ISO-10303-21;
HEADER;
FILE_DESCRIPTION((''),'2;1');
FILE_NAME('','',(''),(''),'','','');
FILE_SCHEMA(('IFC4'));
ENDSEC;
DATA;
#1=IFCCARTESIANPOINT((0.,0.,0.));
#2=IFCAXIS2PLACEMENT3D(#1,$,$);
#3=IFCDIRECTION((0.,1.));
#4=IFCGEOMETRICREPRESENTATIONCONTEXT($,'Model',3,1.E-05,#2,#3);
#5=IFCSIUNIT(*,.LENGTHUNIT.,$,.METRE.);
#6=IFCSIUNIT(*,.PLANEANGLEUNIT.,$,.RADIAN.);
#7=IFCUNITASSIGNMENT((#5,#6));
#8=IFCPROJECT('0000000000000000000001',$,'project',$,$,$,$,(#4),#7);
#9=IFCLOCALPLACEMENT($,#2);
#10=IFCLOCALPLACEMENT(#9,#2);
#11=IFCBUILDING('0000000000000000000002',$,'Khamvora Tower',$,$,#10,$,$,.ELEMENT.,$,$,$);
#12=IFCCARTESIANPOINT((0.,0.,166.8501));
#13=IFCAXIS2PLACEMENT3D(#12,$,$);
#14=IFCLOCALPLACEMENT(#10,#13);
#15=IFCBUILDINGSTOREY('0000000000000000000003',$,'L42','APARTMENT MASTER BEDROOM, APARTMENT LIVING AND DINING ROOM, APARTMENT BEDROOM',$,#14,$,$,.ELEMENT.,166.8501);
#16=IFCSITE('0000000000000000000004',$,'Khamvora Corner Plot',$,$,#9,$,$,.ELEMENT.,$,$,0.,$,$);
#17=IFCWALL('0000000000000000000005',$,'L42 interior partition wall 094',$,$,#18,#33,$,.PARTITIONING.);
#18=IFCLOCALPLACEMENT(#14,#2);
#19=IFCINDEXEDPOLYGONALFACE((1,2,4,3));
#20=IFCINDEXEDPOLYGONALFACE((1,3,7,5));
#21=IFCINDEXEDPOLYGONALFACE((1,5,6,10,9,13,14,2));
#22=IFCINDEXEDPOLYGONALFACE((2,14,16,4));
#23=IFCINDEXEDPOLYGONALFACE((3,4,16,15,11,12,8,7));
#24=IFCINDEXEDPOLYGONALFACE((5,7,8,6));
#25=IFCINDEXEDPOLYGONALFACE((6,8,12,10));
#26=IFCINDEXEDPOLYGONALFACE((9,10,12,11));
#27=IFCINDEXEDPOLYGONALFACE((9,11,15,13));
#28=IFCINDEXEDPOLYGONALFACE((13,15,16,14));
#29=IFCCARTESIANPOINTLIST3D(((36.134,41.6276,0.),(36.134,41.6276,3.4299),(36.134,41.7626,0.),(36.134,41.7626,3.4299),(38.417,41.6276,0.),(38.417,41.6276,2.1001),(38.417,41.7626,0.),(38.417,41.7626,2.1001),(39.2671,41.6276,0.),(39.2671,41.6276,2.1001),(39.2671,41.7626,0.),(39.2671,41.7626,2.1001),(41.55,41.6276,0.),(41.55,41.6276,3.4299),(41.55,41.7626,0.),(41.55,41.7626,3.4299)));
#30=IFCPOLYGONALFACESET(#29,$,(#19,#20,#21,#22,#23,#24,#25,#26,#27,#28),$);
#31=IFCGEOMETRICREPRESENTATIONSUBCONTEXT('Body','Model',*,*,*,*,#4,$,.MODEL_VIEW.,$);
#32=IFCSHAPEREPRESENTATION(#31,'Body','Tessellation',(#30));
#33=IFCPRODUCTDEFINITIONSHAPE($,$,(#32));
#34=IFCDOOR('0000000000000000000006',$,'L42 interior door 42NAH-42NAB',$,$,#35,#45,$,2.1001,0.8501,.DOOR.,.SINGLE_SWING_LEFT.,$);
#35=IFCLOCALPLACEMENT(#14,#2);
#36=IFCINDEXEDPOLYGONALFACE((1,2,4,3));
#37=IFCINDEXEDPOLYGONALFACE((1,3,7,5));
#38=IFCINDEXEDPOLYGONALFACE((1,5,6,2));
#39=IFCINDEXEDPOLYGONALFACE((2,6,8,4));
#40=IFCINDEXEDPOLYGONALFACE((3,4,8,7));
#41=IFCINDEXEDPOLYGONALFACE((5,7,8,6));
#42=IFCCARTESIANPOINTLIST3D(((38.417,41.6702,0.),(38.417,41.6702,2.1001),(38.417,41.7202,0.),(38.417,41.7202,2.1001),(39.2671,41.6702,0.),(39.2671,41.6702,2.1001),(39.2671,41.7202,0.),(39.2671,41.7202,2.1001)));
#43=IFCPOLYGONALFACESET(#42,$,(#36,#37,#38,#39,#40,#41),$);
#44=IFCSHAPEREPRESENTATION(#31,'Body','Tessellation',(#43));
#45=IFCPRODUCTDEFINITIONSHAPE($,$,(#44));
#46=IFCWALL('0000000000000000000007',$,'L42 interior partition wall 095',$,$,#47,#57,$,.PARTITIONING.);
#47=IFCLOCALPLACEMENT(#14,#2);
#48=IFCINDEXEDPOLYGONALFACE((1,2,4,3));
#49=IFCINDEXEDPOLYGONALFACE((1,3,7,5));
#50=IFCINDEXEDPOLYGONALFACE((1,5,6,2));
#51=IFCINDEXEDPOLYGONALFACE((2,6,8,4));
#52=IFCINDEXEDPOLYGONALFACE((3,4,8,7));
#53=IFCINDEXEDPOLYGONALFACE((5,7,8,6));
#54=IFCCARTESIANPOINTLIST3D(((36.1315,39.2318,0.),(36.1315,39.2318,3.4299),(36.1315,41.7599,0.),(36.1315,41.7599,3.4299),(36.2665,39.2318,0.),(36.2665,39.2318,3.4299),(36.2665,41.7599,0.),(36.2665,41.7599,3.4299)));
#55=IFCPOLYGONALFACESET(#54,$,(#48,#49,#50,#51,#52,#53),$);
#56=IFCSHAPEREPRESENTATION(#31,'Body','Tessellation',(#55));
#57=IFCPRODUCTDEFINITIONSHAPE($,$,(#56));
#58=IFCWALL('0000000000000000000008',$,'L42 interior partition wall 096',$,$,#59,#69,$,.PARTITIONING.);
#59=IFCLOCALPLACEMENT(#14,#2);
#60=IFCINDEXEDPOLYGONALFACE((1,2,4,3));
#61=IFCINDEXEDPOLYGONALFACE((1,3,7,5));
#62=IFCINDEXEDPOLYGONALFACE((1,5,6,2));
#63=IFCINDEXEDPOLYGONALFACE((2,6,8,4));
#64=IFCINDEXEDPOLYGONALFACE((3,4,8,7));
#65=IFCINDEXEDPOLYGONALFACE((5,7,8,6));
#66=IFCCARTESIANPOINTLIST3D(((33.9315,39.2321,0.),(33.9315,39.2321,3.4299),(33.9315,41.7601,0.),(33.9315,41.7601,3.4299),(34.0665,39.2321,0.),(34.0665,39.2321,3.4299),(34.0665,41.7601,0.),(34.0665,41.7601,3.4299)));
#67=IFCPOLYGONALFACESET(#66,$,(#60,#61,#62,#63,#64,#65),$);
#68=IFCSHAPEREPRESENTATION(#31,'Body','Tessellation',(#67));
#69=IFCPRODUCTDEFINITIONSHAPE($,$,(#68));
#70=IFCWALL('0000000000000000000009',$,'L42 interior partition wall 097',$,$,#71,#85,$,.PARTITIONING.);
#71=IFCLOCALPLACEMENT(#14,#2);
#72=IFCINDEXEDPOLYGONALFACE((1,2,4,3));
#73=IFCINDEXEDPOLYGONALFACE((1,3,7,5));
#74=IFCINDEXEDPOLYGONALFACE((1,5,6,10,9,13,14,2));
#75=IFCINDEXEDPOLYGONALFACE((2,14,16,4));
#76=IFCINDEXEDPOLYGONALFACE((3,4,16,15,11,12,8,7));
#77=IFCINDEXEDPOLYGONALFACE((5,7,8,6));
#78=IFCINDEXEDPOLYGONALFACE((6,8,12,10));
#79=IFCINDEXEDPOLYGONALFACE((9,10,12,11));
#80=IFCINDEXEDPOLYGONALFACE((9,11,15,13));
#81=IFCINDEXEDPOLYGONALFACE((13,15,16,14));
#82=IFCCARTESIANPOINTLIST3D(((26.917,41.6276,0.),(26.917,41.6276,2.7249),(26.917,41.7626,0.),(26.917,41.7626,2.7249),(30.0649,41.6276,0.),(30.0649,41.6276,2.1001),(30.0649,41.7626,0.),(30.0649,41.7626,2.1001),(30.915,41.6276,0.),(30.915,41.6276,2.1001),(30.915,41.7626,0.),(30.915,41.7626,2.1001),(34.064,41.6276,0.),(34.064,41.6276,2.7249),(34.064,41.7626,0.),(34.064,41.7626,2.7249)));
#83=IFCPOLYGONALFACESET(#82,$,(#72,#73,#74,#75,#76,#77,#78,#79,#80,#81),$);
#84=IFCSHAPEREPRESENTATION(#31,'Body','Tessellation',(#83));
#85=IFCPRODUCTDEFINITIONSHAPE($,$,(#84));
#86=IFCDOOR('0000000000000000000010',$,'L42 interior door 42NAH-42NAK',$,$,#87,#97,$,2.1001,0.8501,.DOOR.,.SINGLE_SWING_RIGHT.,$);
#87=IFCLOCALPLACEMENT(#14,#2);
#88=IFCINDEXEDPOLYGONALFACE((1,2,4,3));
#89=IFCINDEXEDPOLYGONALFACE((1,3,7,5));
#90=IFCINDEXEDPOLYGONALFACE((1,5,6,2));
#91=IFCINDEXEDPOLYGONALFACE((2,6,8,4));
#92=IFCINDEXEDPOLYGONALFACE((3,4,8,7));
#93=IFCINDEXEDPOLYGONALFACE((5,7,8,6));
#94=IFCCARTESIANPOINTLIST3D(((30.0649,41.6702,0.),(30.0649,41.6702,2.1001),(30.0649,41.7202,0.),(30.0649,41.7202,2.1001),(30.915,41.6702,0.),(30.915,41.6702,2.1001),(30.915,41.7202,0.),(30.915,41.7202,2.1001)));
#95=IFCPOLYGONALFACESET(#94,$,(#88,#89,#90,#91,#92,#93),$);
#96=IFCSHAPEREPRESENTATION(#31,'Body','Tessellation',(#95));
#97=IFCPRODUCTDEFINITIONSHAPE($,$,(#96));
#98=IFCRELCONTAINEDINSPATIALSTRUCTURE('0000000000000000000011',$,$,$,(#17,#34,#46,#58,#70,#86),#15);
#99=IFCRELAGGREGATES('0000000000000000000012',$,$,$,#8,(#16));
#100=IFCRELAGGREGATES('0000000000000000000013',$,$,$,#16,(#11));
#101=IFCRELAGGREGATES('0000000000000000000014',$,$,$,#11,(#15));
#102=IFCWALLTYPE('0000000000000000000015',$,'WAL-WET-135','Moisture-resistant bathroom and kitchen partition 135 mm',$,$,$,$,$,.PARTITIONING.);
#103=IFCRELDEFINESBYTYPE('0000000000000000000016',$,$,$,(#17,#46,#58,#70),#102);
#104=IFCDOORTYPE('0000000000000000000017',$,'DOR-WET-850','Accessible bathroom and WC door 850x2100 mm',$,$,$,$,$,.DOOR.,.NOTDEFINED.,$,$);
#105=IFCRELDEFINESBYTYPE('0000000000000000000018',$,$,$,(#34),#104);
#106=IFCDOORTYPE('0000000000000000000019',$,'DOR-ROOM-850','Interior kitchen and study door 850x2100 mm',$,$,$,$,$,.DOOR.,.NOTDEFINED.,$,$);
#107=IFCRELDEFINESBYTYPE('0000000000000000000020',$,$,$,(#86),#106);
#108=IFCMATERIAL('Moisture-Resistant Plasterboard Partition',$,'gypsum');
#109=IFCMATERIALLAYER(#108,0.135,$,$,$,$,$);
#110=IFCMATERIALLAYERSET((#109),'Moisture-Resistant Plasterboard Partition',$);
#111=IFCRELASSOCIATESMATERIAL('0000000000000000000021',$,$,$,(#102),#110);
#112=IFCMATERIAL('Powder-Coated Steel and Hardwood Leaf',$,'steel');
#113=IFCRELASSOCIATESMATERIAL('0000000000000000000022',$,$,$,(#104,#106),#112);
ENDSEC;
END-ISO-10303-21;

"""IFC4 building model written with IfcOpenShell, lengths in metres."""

from ifc_helpers import new_model, si_unit, direction, frame, frame_2d, origin, place, context, subcontext, project, spatial, rectangle, extrude, material, layer, layer_set, type_object, element, fill, save


model = new_model("IFC4")

# Units and contexts
model_context = context("Model", 3, precision=1e-05, world=origin(), true_north=direction((0.0, 1.0)))
body_context = subcontext(model_context, "Body", "Model", "MODEL_VIEW")
ifc_project = project(units=[si_unit("LENGTHUNIT", "METRE"), si_unit("PLANEANGLEUNIT", "RADIAN")], contexts=[model_context])

# Site, building, storey
site_placement = place(None, origin())
site = spatial("IfcSite", under=ifc_project, at=site_placement, Name="Khamvora Corner Plot", CompositionType="ELEMENT", RefElevation=0.0)
building_placement = place(site_placement, origin())
building = spatial("IfcBuilding", under=site, at=building_placement, Name="Khamvora Tower", CompositionType="ELEMENT")
storey_placement = place(building_placement, frame((0.0, 0.0, 166.8501)))
storey = spatial("IfcBuildingStorey", under=building, at=storey_placement, Name="L42", Description="APARTMENT MASTER BEDROOM, APARTMENT LIVING AND DINING ROOM, APARTMENT BEDROOM", CompositionType="ELEMENT", Elevation=166.8501)

# Shared definitions
ifc_material_1 = material(Name="Powder-Coated Steel and Hardwood Leaf", Category="steel")

# Wall, opening, door
ifc_material_2 = material(Name="Moisture-Resistant Plasterboard Partition", Category="gypsum")
ifc_layer_1 = layer(ifc_material_2, 0.135)
ifc_layer_set_1 = layer_set([ifc_layer_1], Name="Moisture-Resistant Plasterboard Partition")
wall_type_1 = type_object("IfcWallType", Name="WAL-WET-135", Description="Moisture-resistant bathroom and kitchen partition 135 mm", PredefinedType="PARTITIONING", material=ifc_layer_set_1)
wall_1_placement = place(storey_placement, frame((41.55, 41.6951, 0.0), z_axis=(0.0, 0.0, 1.0), x_axis=(-1.0, 0.0, 0.0)))
wall_1 = element("IfcWall", 1, at=wall_1_placement, inside=storey, type_object=wall_type_1, Name="L42 interior partition wall 094", PredefinedType="PARTITIONING", context=body_context, shape_type="SweptSolid", body=[
    extrude(rectangle(XDim=5.416, YDim=0.135, at=frame_2d((2.708, 0.0))), origin(), (0.0, 0.0, 1.0), 3.4299),
])
opening_1_placement = place(wall_1_placement, frame((2.283, 0.0, 0.0)))
opening_1 = element("IfcOpeningElement", 2, at=opening_1_placement, cuts=wall_1, PredefinedType="OPENING", context=body_context, shape_type="SweptSolid", body=[
    extrude(rectangle(XDim=0.8501, YDim=2.1001, at=frame_2d((0.425, 1.05))), frame((0.0, 0.0774, 0.0), z_axis=(0.0, -1.0, 0.0), x_axis=(1.0, 0.0, 0.0)), (0.0, 0.0, 1.0), 0.155),
])
door_type_1 = type_object("IfcDoorType", Name="DOR-WET-850", Description="Accessible bathroom and WC door 850x2100 mm", OperationType="NOTDEFINED", PredefinedType="DOOR", material=ifc_material_1)
door_1_placement = place(opening_1_placement, origin())
door_1 = element("IfcDoor", 3, at=door_1_placement, inside=storey, type_object=door_type_1, Name="L42 interior door 42NAH-42NAB", OperationType="SINGLE_SWING_LEFT", OverallHeight=2.1001, OverallWidth=0.8501, PredefinedType="DOOR", context=body_context, shape_type="SweptSolid", body=[
    extrude(rectangle(XDim=0.8501, YDim=2.1001, at=frame_2d((0.425, 1.05))), frame((0.0, 0.0249, 0.0), z_axis=(0.0, -1.0, 0.0), x_axis=(1.0, 0.0, 0.0)), (0.0, 0.0, 1.0), 0.05),
])
fill(opening_1, door_1)

# Walls
for number, where, z_axis, x_axis, name in (
    (4, (36.199, 41.76, 0.0), (0.0, 0.0, 1.0), (0.0, -1.0, 0.0), "L42 interior partition wall 095"),
    (5, (33.999, 39.2319, 0.0), (0.0, 0.0, 1.0), (0.0, 1.0, 0.0), "L42 interior partition wall 096"),
):
    element("IfcWall", number, at=place(storey_placement, frame(where, z_axis=z_axis, x_axis=x_axis)), inside=storey, type_object=wall_type_1, Name=name, PredefinedType="PARTITIONING", context=body_context, shape_type="SweptSolid", body=[
        extrude(rectangle(XDim=2.5281, YDim=0.135, at=frame_2d((1.2642, 0.0))), origin(), (0.0, 0.0, 1.0), 3.4299),
    ])

# Wall, opening, door
wall_2_placement = place(storey_placement, frame((34.064, 41.6951, 0.0), z_axis=(0.0, 0.0, 1.0), x_axis=(-1.0, 0.0, 0.0)))
wall_2 = element("IfcWall", 6, at=wall_2_placement, inside=storey, type_object=wall_type_1, Name="L42 interior partition wall 097", PredefinedType="PARTITIONING", context=body_context, shape_type="SweptSolid", body=[
    extrude(rectangle(XDim=7.147, YDim=0.135, at=frame_2d((3.5735, 0.0))), origin(), (0.0, 0.0, 1.0), 2.7249),
])
opening_2_placement = place(wall_2_placement, frame((3.1489, 0.0, 0.0)))
opening_2 = element("IfcOpeningElement", 7, at=opening_2_placement, cuts=wall_2, PredefinedType="OPENING", context=body_context, shape_type="SweptSolid", body=[
    extrude(rectangle(XDim=0.8501, YDim=2.1001, at=frame_2d((0.425, 1.05))), frame((0.0, 0.0774, 0.0), z_axis=(0.0, -1.0, 0.0), x_axis=(1.0, 0.0, 0.0)), (0.0, 0.0, 1.0), 0.155),
])
door_type_2 = type_object("IfcDoorType", Name="DOR-ROOM-850", Description="Interior kitchen and study door 850x2100 mm", OperationType="NOTDEFINED", PredefinedType="DOOR", material=ifc_material_1)
door_2_placement = place(opening_2_placement, origin())
door_2 = element("IfcDoor", 8, at=door_2_placement, inside=storey, type_object=door_type_2, Name="L42 interior door 42NAH-42NAK", OperationType="SINGLE_SWING_RIGHT", OverallHeight=2.1001, OverallWidth=0.8501, PredefinedType="DOOR", context=body_context, shape_type="SweptSolid", body=[
    extrude(rectangle(XDim=0.8501, YDim=2.1001, at=frame_2d((0.425, 1.05))), frame((0.0, 0.0249, 0.0), z_axis=(0.0, -1.0, 0.0), x_axis=(1.0, 0.0, 0.0)), (0.0, 0.0, 1.0), 0.05),
])
fill(opening_2, door_2)

save(model, "model.ifc")
